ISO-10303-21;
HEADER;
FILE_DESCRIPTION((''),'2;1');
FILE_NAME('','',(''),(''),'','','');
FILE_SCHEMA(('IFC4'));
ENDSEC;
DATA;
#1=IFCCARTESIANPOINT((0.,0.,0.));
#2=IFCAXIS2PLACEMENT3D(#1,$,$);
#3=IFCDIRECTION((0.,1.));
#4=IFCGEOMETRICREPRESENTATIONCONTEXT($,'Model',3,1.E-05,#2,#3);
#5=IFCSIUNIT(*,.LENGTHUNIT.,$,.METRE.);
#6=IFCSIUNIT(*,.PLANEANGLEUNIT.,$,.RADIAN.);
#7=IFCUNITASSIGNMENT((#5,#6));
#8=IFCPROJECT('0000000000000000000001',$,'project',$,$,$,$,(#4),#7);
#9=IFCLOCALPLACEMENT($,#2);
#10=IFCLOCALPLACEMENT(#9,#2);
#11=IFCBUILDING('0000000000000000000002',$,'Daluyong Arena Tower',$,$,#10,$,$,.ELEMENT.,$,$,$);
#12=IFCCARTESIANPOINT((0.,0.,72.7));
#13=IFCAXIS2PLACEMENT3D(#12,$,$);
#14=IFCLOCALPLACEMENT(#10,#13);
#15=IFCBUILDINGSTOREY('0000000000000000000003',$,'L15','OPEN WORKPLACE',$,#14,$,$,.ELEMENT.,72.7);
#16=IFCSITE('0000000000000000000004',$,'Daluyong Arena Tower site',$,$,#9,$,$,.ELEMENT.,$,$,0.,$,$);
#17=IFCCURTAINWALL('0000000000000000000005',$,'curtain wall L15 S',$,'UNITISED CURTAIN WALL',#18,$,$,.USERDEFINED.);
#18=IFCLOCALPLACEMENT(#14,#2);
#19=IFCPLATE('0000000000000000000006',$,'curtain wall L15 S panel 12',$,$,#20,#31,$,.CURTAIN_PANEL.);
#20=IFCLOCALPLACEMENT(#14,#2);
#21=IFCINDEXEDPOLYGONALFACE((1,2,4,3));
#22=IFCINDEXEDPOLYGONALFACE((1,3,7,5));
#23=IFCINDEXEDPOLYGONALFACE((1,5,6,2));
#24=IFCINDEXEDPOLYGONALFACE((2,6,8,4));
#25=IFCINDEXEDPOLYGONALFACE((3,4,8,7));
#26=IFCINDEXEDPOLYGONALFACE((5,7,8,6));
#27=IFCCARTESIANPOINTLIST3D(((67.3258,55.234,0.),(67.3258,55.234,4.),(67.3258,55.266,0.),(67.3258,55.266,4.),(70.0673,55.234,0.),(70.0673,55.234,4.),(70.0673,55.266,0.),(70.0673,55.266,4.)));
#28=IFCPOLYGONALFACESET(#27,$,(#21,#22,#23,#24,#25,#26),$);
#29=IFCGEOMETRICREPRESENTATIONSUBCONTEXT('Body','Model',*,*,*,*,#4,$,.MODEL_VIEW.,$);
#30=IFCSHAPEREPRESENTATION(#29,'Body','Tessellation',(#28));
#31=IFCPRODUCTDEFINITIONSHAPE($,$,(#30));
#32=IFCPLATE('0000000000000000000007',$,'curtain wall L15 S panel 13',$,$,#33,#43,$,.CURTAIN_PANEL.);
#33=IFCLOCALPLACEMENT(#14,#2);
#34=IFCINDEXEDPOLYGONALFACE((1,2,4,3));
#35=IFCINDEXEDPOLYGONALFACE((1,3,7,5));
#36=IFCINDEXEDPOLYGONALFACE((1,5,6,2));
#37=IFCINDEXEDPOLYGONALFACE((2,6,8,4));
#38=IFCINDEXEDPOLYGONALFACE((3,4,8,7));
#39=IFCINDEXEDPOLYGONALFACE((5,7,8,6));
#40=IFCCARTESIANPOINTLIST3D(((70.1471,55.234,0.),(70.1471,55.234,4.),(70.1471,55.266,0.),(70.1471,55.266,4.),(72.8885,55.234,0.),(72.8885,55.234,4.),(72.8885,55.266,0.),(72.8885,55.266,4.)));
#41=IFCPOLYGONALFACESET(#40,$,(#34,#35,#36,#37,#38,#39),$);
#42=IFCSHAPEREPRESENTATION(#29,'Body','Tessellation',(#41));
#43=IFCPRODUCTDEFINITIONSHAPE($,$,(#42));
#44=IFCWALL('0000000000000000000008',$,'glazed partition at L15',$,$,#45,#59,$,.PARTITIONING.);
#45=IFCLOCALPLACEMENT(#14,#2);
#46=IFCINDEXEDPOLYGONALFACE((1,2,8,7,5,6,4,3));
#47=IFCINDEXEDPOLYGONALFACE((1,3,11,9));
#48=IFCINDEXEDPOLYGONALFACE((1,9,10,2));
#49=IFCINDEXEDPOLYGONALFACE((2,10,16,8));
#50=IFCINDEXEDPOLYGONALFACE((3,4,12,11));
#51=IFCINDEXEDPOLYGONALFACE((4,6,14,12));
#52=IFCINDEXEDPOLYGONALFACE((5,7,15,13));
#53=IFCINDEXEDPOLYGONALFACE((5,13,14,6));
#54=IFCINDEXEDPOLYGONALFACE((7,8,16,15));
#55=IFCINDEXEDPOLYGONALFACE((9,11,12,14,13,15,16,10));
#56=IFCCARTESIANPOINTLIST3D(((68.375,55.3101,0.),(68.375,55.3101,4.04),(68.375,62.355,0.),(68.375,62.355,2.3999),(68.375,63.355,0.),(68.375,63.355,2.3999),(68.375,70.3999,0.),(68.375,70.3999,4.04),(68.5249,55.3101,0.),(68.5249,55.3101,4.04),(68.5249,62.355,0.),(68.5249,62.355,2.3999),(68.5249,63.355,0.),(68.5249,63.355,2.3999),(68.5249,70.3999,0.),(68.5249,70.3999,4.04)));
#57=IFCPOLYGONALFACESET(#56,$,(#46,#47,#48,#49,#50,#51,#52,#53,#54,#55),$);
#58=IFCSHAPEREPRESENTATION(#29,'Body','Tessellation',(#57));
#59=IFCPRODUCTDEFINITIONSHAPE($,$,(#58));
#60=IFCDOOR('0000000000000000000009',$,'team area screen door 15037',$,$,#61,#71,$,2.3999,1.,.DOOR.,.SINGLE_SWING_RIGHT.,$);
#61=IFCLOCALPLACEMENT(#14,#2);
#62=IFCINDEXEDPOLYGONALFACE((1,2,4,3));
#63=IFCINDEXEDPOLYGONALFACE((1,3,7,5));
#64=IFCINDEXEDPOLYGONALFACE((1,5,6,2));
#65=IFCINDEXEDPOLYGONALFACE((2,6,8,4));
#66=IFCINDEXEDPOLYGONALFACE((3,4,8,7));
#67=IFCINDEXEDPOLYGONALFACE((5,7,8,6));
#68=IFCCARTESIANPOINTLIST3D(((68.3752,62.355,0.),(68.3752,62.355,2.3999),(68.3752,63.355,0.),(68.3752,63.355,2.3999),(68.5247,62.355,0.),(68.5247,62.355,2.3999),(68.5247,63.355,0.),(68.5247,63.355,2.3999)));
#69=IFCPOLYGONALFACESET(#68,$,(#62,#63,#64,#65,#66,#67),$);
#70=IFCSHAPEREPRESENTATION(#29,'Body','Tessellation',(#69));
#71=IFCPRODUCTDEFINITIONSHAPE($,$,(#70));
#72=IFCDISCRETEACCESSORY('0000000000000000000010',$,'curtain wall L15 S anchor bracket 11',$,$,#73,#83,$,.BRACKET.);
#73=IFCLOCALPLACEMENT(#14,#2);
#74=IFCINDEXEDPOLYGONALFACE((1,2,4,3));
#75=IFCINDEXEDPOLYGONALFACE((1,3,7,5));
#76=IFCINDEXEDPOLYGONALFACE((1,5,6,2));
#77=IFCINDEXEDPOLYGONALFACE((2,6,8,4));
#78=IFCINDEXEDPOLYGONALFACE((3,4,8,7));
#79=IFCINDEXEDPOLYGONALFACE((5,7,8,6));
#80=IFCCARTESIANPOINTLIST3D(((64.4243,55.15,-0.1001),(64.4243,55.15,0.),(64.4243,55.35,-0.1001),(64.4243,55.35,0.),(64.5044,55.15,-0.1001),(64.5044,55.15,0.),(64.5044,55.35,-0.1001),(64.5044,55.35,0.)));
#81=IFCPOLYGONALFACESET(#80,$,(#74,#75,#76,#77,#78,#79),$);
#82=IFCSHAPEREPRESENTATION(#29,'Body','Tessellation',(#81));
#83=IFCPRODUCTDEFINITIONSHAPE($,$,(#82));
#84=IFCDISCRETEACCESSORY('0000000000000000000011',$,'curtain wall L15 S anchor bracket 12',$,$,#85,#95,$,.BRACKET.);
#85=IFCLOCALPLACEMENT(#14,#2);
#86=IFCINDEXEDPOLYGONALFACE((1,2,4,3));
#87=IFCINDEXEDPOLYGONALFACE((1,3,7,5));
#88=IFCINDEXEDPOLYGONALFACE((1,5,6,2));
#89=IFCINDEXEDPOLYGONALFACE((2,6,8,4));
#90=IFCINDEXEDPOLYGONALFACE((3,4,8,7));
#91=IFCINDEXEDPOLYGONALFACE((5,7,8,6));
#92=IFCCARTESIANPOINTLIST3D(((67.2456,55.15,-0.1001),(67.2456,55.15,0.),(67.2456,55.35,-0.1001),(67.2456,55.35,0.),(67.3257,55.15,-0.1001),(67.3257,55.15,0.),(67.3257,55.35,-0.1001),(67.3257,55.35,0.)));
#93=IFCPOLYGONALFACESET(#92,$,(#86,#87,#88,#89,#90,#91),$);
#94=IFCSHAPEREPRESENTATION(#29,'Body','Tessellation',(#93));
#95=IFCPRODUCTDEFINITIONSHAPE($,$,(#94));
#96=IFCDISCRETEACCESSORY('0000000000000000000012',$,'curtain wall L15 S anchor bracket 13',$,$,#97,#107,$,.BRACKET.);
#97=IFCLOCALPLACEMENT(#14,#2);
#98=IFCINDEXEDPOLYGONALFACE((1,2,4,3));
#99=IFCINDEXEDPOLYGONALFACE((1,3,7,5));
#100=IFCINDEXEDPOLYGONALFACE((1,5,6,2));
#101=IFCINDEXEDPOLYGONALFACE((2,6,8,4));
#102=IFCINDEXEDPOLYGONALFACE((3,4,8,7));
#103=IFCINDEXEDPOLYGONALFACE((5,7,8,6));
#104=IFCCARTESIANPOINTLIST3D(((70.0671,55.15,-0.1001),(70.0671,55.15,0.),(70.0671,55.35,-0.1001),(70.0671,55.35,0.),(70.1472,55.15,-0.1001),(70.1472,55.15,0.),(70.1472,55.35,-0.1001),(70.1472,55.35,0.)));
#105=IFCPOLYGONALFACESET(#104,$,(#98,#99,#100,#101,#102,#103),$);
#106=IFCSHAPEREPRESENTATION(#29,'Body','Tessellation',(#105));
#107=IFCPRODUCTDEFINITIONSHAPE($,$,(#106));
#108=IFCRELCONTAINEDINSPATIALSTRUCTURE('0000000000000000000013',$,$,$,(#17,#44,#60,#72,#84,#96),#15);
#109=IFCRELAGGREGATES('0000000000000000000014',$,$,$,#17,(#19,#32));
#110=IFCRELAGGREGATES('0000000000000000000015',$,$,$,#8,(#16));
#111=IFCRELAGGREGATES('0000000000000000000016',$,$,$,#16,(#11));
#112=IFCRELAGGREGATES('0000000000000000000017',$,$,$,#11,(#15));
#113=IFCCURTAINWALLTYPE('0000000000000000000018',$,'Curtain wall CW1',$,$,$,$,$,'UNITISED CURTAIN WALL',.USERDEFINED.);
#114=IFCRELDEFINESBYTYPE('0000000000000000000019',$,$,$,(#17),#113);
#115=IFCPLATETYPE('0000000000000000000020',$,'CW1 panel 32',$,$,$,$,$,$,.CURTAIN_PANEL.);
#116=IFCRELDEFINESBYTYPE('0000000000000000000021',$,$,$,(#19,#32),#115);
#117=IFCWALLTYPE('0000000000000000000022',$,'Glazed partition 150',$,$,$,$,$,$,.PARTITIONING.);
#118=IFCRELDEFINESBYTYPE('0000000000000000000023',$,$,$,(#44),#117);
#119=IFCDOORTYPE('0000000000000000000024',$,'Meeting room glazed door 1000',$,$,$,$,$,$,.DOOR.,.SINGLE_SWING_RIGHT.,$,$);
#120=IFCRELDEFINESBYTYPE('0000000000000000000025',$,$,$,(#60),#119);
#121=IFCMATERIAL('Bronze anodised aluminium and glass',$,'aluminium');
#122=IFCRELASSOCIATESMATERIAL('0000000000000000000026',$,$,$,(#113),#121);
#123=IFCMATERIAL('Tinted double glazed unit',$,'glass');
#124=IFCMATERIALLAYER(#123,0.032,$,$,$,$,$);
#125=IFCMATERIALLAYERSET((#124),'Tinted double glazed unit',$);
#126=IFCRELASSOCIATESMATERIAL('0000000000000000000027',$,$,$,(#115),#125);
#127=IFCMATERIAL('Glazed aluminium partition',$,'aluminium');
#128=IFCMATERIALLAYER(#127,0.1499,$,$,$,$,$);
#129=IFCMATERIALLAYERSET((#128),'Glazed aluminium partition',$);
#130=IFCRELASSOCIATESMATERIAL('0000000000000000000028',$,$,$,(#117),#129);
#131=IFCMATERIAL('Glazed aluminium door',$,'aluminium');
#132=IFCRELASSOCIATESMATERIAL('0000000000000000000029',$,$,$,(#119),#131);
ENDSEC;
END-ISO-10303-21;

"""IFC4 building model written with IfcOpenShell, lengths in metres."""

from ifc_helpers import new_model, si_unit, direction, frame, frame_2d, origin, origin_2d, place, context, subcontext, project, spatial, rectangle, extrude, material, layer, layer_set, type_object, element, fill, aggregate, save


model = new_model("IFC4")

# Units and contexts
model_context = context("Model", 3, precision=1e-05, world=origin(), true_north=direction((0.0, 1.0)))
body_context = subcontext(model_context, "Body", "Model", "MODEL_VIEW")
ifc_project = project(units=[si_unit("LENGTHUNIT", "METRE"), si_unit("PLANEANGLEUNIT", "RADIAN")], contexts=[model_context])

# Site, building, storey
site_placement = place(None, origin())
site = spatial("IfcSite", under=ifc_project, at=site_placement, Name="Daluyong Arena Tower site", CompositionType="ELEMENT", RefElevation=0.0)
building_placement = place(site_placement, origin())
building = spatial("IfcBuilding", under=site, at=building_placement, Name="Daluyong Arena Tower", CompositionType="ELEMENT")
storey_placement = place(building_placement, frame((0.0, 0.0, 72.7)))
storey = spatial("IfcBuildingStorey", under=building, at=storey_placement, Name="L15", Description="OPEN WORKPLACE", CompositionType="ELEMENT", Elevation=72.7)

# Curtain wall
ifc_material_1 = material(Name="Bronze anodised aluminium and glass", Category="aluminium")
curtain_wall_type = type_object("IfcCurtainWallType", Name="Curtain wall CW1", ElementType="UNITISED CURTAIN WALL", PredefinedType="USERDEFINED", material=ifc_material_1)
curtain_wall_placement = place(storey_placement, origin())
curtain_wall = element("IfcCurtainWall", 1, at=curtain_wall_placement, inside=storey, type_object=curtain_wall_type, Name="curtain wall L15 S", ObjectType="UNITISED CURTAIN WALL", PredefinedType="USERDEFINED")

# Plates
ifc_material_2 = material(Name="Tinted double glazed unit", Category="glass")
ifc_layer_1 = layer(ifc_material_2, 0.032)
ifc_layer_set_1 = layer_set([ifc_layer_1], Name="Tinted double glazed unit")
plate_type = type_object("IfcPlateType", Name="CW1 panel 32", PredefinedType="CURTAIN_PANEL", material=ifc_layer_set_1)
plate_1_placement = place(storey_placement, frame((68.6965, 55.25, 0.0), z_axis=(0.0, 0.0, 1.0), x_axis=(1.0, 0.0, 0.0)))
plate_1 = element("IfcPlate", 2, at=plate_1_placement, type_object=plate_type, Name="curtain wall L15 S panel 12", PredefinedType="CURTAIN_PANEL", context=body_context, shape_type="SweptSolid", body=[
    extrude(rectangle(XDim=2.7415, YDim=0.032, at=origin_2d()), origin(), (0.0, 0.0, 1.0), 4.0),
])
plate_2_placement = place(storey_placement, frame((71.5178, 55.25, 0.0), z_axis=(0.0, 0.0, 1.0), x_axis=(1.0, 0.0, 0.0)))
plate_2 = element("IfcPlate", 3, at=plate_2_placement, type_object=plate_type, Name="curtain wall L15 S panel 13", PredefinedType="CURTAIN_PANEL", context=body_context, shape_type="SweptSolid", body=[
    extrude(rectangle(XDim=2.7415, YDim=0.032, at=origin_2d()), origin(), (0.0, 0.0, 1.0), 4.0),
])
aggregate(curtain_wall, [plate_1, plate_2])

# Wall, opening, door
ifc_material_3 = material(Name="Glazed aluminium partition", Category="aluminium")
ifc_layer_2 = layer(ifc_material_3, 0.1499)
ifc_layer_set_2 = layer_set([ifc_layer_2], Name="Glazed aluminium partition")
wall_type = type_object("IfcWallType", Name="Glazed partition 150", PredefinedType="PARTITIONING", material=ifc_layer_set_2)
wall_placement = place(storey_placement, frame((68.45, 55.3101, 0.0), z_axis=(0.0, 0.0, 1.0), x_axis=(0.0, 1.0, 0.0)))
wall = element("IfcWall", 4, at=wall_placement, inside=storey, type_object=wall_type, Name="glazed partition at L15", PredefinedType="PARTITIONING", context=body_context, shape_type="SweptSolid", body=[
    extrude(rectangle(XDim=15.0898, YDim=0.1499, at=frame_2d((7.5449, 0.0))), origin(), (0.0, 0.0, 1.0), 4.04),
])
opening_placement = place(wall_placement, frame((7.0449, 0.0, 0.0)))
opening = element("IfcOpeningElement", 5, at=opening_placement, cuts=wall, PredefinedType="OPENING", context=body_context, shape_type="SweptSolid", body=[
    extrude(rectangle(XDim=1.0, YDim=2.3999, at=frame_2d((0.5, 1.2))), frame((0.0, 0.085, 0.0), z_axis=(0.0, -1.0, 0.0), x_axis=(1.0, 0.0, 0.0)), (0.0, 0.0, 1.0), 0.1699),
])
ifc_material_4 = material(Name="Glazed aluminium door", Category="aluminium")
door_type = type_object("IfcDoorType", Name="Meeting room glazed door 1000", OperationType="SINGLE_SWING_RIGHT", PredefinedType="DOOR", material=ifc_material_4)
door_placement = place(opening_placement, origin())
door = element("IfcDoor", 6, at=door_placement, inside=storey, type_object=door_type, Name="team area screen door 15037", OperationType="SINGLE_SWING_RIGHT", OverallHeight=2.3999, OverallWidth=1.0, PredefinedType="DOOR", context=body_context, shape_type="SweptSolid", body=[
    extrude(rectangle(XDim=1.0, YDim=2.3999, at=frame_2d((0.5, 1.2))), frame((0.0, 0.0747, 0.0), z_axis=(0.0, -1.0, 0.0), x_axis=(1.0, 0.0, 0.0)), (0.0, 0.0, 1.0), 0.1494),
])
fill(opening, door)

# Discrete accessories
for number, where, z_axis, x_axis, name in (
    (7, (64.4644, 55.25, -0.1001), (0.0, 0.0, 1.0), (1.0, 0.0, 0.0), "curtain wall L15 S anchor bracket 11"),
    (8, (67.2856, 55.25, -0.1001), (0.0, 0.0, 1.0), (1.0, 0.0, 0.0), "curtain wall L15 S anchor bracket 12"),
    (9, (70.1072, 55.25, -0.1001), (0.0, 0.0, 1.0), (1.0, 0.0, 0.0), "curtain wall L15 S anchor bracket 13"),
):
    element("IfcDiscreteAccessory", number, at=place(storey_placement, frame(where, z_axis=z_axis, x_axis=x_axis)), inside=storey, Name=name, PredefinedType="BRACKET", context=body_context, shape_type="SweptSolid", body=[
        extrude(rectangle(XDim=0.0801, YDim=0.2, at=origin_2d()), origin(), (0.0, 0.0, 1.0), 0.1001),
    ])

save(model, "model.ifc")
